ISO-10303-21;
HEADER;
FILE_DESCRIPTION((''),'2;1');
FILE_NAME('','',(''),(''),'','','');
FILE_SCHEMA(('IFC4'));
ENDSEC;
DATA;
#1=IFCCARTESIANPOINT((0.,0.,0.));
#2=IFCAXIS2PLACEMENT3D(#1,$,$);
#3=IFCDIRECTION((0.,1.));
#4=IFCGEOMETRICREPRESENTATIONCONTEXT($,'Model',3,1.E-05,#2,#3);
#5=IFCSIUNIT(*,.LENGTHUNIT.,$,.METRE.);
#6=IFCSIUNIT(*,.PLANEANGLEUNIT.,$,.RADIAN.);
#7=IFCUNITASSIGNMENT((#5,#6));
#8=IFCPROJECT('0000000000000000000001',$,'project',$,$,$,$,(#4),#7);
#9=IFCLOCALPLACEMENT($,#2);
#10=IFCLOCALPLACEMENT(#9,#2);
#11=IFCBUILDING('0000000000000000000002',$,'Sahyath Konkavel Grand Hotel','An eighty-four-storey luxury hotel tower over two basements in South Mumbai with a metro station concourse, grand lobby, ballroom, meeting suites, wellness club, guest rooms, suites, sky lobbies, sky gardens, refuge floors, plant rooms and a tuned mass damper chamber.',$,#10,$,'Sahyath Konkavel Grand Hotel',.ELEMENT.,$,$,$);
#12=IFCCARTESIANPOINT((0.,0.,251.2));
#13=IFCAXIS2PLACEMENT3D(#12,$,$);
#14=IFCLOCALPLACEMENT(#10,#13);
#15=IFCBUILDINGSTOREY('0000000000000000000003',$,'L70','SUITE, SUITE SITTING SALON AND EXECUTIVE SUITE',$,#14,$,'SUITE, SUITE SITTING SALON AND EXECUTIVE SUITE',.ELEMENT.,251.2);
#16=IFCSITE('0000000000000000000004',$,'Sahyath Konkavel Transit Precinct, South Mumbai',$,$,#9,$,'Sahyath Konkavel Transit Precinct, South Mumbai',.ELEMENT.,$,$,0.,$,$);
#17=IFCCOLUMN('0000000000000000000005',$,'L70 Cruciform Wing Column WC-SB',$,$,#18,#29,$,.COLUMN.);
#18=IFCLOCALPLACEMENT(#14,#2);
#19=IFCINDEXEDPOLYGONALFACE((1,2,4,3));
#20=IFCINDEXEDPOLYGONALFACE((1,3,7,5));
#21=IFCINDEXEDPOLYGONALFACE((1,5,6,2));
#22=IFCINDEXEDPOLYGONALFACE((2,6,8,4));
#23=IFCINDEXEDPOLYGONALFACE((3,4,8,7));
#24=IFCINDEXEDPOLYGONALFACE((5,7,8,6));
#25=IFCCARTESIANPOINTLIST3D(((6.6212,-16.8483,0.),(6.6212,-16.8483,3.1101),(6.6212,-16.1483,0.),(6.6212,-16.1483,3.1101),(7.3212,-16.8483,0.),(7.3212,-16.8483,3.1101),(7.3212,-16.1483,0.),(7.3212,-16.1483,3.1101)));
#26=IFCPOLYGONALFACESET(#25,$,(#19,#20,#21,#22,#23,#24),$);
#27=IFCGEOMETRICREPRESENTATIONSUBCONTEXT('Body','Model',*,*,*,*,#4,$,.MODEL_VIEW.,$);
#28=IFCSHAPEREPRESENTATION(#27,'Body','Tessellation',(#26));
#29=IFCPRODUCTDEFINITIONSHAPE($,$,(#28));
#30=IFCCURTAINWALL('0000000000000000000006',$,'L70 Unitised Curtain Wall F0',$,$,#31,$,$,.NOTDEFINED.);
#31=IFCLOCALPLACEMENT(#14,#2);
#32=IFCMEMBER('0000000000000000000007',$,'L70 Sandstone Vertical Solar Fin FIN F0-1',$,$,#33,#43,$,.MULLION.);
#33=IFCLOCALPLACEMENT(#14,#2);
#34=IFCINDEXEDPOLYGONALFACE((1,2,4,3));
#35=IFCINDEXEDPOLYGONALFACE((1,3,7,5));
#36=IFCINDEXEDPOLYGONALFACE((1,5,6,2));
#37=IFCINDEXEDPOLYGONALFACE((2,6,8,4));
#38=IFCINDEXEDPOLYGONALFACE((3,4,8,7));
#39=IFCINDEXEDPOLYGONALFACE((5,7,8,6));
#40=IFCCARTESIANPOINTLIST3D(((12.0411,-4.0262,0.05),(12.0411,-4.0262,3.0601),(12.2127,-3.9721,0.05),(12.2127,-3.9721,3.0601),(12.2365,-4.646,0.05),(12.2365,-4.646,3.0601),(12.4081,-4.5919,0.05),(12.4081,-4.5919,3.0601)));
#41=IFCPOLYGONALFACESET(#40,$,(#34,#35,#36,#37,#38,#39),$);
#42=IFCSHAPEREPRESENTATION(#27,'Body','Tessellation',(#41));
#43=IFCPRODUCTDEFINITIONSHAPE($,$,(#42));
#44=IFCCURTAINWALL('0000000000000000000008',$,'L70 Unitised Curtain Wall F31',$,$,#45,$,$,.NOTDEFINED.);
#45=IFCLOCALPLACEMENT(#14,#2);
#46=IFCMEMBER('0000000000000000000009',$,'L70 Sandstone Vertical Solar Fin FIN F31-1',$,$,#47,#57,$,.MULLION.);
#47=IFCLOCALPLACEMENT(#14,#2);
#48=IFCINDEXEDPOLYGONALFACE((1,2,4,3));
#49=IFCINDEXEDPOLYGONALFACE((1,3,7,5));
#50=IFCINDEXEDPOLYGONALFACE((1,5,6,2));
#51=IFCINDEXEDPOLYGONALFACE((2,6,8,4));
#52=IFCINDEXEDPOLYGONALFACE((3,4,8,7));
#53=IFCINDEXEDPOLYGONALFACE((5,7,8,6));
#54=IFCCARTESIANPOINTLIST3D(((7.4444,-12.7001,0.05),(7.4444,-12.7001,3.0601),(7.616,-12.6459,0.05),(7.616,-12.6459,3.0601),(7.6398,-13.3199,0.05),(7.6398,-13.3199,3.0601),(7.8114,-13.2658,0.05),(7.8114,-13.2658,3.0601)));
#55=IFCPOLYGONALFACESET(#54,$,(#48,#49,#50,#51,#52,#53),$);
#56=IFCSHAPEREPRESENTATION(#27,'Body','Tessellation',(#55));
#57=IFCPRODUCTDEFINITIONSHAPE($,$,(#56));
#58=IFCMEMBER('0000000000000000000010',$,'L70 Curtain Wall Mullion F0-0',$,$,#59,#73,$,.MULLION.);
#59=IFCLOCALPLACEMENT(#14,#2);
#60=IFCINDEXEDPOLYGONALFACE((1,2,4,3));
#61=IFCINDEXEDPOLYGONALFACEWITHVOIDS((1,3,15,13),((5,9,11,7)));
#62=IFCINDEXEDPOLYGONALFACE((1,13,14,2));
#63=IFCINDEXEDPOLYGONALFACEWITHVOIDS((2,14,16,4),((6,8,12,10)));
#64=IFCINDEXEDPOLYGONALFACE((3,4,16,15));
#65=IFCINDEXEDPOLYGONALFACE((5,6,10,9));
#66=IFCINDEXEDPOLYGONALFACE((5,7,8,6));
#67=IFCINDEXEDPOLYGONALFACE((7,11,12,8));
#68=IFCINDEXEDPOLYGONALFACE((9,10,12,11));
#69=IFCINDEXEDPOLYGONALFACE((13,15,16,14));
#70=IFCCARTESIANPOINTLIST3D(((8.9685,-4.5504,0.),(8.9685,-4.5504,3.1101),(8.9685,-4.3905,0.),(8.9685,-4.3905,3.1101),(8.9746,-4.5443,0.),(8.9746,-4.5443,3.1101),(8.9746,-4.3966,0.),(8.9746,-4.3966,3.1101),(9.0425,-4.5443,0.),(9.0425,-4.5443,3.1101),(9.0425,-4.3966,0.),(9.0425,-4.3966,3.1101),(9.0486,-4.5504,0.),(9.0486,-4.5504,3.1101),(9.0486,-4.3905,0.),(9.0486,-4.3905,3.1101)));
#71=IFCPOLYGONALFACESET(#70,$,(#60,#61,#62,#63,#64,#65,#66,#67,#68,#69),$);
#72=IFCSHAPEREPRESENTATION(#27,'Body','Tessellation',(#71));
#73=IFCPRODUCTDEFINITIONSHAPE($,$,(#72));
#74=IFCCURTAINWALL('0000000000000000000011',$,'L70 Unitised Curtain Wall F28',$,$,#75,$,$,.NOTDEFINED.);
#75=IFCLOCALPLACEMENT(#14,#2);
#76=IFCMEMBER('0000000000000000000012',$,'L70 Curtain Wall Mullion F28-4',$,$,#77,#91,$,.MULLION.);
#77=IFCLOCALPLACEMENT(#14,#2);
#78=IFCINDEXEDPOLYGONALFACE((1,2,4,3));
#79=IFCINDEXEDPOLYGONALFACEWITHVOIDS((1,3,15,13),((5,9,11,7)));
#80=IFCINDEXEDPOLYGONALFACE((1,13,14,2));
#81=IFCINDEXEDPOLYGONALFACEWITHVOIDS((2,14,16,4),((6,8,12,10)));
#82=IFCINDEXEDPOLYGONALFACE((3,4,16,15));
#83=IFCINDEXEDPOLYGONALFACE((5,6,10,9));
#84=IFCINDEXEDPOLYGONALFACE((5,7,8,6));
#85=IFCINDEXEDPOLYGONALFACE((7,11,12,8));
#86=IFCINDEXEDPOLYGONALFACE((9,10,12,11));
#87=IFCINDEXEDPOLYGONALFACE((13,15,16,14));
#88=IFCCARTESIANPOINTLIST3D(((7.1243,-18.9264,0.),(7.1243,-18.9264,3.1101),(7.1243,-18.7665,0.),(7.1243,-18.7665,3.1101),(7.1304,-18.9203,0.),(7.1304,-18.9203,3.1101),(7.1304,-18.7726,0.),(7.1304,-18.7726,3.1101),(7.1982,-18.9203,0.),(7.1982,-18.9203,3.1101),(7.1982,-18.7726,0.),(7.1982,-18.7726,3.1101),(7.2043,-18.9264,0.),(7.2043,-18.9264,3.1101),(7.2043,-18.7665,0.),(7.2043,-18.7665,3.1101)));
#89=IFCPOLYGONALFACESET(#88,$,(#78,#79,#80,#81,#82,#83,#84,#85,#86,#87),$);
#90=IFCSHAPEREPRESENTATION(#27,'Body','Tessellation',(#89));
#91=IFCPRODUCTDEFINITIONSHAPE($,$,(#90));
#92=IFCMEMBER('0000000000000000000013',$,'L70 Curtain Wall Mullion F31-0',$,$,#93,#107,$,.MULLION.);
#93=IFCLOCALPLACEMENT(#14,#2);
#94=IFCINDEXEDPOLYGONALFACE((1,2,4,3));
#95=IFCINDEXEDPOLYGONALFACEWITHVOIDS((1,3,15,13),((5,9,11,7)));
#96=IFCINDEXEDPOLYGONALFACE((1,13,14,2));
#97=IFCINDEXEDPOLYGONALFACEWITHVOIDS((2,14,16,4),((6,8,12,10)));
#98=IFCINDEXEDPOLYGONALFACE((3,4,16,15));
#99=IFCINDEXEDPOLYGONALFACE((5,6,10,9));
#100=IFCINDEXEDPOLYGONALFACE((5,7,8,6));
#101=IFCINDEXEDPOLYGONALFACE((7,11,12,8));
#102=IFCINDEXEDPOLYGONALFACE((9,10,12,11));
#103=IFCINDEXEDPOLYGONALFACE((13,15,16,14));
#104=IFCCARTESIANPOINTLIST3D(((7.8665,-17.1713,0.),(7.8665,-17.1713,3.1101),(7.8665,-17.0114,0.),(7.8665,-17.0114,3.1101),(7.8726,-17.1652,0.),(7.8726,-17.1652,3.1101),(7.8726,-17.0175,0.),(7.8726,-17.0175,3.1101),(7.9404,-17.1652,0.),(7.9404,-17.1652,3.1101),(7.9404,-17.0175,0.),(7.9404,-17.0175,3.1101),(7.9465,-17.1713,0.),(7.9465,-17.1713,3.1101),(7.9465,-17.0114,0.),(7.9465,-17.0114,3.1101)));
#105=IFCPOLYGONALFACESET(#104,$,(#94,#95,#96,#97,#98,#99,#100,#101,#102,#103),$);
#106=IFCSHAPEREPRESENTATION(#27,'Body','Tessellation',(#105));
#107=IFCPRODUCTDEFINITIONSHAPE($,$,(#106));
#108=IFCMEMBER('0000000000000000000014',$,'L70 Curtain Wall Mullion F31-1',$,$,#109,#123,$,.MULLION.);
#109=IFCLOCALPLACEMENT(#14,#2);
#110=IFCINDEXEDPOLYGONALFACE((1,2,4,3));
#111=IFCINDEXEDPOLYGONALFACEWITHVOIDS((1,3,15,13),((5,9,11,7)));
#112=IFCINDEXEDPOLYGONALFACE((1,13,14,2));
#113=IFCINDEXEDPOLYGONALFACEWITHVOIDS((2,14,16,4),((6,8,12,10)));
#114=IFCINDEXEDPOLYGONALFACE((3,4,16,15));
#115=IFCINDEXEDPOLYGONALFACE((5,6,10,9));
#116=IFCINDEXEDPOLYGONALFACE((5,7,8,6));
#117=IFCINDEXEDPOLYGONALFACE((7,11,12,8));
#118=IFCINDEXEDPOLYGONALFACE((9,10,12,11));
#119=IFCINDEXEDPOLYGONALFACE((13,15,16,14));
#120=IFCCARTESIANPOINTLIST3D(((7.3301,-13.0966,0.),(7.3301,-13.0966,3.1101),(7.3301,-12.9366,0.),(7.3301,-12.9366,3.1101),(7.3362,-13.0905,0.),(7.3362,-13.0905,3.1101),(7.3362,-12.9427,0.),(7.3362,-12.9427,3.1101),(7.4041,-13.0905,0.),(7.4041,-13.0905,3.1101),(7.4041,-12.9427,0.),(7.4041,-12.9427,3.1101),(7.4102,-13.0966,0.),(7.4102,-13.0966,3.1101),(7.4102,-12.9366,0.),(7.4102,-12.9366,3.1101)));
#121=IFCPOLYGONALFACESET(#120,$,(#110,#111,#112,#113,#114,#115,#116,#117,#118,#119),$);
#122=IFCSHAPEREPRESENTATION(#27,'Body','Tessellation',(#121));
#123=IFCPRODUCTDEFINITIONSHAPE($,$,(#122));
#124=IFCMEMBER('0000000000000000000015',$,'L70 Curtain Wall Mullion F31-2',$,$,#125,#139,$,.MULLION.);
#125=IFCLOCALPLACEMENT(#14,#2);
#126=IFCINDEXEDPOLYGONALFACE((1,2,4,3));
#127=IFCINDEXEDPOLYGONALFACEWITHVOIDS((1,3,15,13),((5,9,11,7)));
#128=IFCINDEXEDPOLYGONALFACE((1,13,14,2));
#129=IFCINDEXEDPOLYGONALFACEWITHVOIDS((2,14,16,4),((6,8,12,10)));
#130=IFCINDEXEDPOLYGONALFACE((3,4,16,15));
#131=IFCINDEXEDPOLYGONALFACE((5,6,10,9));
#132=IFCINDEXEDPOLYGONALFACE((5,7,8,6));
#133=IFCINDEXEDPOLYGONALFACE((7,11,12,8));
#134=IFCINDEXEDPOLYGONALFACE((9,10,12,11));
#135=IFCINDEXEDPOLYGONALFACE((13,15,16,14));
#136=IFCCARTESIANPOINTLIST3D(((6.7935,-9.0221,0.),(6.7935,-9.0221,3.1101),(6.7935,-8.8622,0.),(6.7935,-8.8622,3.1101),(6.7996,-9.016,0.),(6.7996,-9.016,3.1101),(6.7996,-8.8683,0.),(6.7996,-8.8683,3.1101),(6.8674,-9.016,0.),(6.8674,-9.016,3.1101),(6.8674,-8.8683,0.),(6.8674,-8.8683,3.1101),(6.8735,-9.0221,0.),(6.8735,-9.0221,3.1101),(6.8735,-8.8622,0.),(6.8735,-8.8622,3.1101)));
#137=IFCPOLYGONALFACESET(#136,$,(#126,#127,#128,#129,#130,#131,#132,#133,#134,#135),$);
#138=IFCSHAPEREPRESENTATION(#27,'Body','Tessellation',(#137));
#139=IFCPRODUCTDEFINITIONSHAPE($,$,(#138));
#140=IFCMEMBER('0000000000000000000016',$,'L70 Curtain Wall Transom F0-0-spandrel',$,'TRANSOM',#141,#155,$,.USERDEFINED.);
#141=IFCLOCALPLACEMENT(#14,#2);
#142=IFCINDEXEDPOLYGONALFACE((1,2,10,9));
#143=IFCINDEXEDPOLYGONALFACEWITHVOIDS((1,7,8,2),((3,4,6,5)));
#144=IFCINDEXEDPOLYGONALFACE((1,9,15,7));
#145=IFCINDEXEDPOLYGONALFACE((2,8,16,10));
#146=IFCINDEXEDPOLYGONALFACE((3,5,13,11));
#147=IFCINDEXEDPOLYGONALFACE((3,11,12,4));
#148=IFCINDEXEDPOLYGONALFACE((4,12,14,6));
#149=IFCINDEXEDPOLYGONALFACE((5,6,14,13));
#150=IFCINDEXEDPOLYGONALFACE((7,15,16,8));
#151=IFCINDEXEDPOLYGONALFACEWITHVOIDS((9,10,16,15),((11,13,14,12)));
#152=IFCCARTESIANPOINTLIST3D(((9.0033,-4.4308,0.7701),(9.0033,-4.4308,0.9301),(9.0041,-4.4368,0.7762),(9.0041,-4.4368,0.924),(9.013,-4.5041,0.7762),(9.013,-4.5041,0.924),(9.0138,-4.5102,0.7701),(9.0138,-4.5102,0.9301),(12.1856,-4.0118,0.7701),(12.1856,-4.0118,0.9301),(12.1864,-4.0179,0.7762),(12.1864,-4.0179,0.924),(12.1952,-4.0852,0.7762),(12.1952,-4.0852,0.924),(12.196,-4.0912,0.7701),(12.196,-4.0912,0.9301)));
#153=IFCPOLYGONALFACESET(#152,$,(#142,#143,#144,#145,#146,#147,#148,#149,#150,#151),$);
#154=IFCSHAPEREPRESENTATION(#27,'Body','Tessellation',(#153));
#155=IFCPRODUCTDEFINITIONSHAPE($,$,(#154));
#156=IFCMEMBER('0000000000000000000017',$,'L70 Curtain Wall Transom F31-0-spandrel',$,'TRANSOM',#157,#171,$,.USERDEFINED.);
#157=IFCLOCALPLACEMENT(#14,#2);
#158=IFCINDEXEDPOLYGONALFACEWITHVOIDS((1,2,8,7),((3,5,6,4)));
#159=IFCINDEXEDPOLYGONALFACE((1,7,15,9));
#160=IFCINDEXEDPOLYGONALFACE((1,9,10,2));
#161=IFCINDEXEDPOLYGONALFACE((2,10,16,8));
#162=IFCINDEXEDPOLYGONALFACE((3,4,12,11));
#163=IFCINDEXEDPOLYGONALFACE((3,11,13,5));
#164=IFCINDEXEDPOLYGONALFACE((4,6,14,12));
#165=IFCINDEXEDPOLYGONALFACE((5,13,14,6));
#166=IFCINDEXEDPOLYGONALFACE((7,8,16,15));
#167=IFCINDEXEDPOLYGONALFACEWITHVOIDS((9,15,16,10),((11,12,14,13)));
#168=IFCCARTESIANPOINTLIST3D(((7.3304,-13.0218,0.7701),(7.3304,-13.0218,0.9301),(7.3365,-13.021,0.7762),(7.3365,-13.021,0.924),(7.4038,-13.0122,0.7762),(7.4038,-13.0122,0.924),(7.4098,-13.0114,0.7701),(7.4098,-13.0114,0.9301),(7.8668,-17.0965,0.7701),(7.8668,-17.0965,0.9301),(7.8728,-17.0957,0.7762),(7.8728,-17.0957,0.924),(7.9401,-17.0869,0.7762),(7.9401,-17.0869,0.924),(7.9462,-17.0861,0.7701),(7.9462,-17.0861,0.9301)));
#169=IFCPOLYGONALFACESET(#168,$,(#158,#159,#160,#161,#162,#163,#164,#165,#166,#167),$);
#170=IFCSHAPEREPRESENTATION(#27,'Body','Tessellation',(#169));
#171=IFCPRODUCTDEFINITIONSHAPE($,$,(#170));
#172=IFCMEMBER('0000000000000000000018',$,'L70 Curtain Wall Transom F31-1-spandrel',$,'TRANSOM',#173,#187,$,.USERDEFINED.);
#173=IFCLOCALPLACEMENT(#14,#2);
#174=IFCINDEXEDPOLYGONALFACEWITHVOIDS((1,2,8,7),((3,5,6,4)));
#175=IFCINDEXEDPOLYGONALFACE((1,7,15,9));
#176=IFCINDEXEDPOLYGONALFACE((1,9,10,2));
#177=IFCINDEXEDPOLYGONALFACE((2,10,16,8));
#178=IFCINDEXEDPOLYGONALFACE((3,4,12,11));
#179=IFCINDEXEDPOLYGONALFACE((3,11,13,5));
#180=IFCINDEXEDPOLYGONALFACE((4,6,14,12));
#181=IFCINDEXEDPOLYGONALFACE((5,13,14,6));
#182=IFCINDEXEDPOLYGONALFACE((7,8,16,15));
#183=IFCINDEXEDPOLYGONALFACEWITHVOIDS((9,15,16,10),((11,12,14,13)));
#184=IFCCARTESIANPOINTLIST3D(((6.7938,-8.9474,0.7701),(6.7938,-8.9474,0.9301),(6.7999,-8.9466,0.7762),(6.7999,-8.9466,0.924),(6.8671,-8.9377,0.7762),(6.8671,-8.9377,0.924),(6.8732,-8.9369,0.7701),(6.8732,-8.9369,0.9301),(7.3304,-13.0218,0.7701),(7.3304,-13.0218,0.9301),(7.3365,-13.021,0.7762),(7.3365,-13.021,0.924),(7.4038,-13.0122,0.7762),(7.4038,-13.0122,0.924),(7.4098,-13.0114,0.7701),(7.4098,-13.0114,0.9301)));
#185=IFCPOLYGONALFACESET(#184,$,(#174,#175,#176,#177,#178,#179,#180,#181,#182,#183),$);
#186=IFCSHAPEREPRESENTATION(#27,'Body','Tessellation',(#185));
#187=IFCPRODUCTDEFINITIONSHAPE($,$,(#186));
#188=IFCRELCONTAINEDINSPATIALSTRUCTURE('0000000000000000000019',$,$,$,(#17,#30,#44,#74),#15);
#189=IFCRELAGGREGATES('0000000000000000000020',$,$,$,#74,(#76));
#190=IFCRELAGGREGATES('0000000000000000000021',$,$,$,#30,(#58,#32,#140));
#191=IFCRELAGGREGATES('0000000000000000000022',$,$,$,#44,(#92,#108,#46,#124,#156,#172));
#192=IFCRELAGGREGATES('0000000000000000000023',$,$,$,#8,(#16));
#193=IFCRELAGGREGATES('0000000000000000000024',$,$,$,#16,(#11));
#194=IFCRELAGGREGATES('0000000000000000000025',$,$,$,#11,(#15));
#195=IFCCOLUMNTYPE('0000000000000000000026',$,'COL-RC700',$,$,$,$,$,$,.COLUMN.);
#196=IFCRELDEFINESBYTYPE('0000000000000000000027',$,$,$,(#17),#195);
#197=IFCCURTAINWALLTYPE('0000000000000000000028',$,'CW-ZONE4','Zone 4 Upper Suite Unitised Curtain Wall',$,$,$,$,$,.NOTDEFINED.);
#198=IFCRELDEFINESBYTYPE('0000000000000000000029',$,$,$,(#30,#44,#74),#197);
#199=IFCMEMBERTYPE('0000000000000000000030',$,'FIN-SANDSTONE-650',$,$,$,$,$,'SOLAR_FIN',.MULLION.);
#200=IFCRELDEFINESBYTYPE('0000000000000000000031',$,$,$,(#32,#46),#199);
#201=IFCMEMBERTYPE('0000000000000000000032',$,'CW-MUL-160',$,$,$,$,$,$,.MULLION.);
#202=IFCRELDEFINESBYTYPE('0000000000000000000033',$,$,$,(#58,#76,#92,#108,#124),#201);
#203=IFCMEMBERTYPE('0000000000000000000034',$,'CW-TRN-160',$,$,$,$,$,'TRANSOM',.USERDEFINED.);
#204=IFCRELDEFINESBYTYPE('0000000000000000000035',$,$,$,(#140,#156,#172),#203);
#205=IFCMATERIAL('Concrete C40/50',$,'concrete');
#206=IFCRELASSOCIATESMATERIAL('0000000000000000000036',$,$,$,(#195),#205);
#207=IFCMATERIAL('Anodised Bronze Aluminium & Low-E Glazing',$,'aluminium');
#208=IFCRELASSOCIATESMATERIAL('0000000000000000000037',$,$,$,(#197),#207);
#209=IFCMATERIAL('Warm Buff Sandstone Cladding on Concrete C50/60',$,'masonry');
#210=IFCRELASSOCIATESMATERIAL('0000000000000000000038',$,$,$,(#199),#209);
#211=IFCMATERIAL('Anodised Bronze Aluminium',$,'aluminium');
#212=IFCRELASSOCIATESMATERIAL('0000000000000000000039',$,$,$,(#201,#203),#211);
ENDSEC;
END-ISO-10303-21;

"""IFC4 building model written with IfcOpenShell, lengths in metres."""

from ifc_helpers import new_model, si_unit, direction, frame, origin, origin_2d, place, context, subcontext, project, spatial, rectangle, hollow_rectangle, extrude, source, transform, mapped, material, material_profile, profile_set, type_object, element, aggregate, save


model = new_model("IFC4")

# Units and contexts
model_context = context("Model", 3, precision=1e-05, world=origin(), true_north=direction((0.0, 1.0)))
body_context = subcontext(model_context, "Body", "Model", "MODEL_VIEW")
ifc_project = project(units=[si_unit("LENGTHUNIT", "METRE"), si_unit("PLANEANGLEUNIT", "RADIAN")], contexts=[model_context])

# Site, building, storey
site_placement = place(None, origin())
site = spatial("IfcSite", under=ifc_project, at=site_placement, Name="Sahyath Konkavel Transit Precinct, South Mumbai", LongName="Sahyath Konkavel Transit Precinct, South Mumbai", CompositionType="ELEMENT", RefElevation=0.0)
building_placement = place(site_placement, origin())
building = spatial("IfcBuilding", under=site, at=building_placement, Name="Sahyath Konkavel Grand Hotel", Description="An eighty-four-storey luxury hotel tower over two basements in South Mumbai with a metro station concourse, grand lobby, ballroom, meeting suites, wellness club, guest rooms, suites, sky lobbies, sky gardens, refuge floors, plant rooms and a tuned mass damper chamber.", LongName="Sahyath Konkavel Grand Hotel", CompositionType="ELEMENT")
storey_placement = place(building_placement, frame((0.0, 0.0, 251.2)))
storey = spatial("IfcBuildingStorey", under=building, at=storey_placement, Name="L70", Description="SUITE, SUITE SITTING SALON AND EXECUTIVE SUITE", LongName="SUITE, SUITE SITTING SALON AND EXECUTIVE SUITE", CompositionType="ELEMENT", Elevation=251.2)

# Column
ifc_material_1 = material(Name="Concrete C40/50", Category="concrete")
ifc_material_profile_1 = material_profile(ifc_material_1, rectangle(XDim=0.7, YDim=0.7, at=origin_2d()), Name="RC 700x700")
ifc_profile_set_1 = profile_set([ifc_material_profile_1], Name="Concrete C40/50")
column_type = type_object("IfcColumnType", Name="COL-RC700", PredefinedType="COLUMN", material=ifc_profile_set_1)
shared_shape_1 = source(origin(), body_context, "Body", "SweptSolid", [
    extrude(rectangle(XDim=0.7, YDim=0.7, at=origin_2d()), origin(), (0.0, 0.0, 1.0), 3.1101),
])
column_placement = place(storey_placement, frame((6.9712, -16.4983, 0.0), z_axis=(0.0, 0.0, 1.0), x_axis=(1.0, 0.0, 0.0)))
element("IfcColumn", 1, at=column_placement, inside=storey, type_object=column_type, Name="L70 Cruciform Wing Column WC-SB", PredefinedType="COLUMN", context=body_context, shape_type="MappedRepresentation", body=[
    mapped(shared_shape_1, transform((0.0, 0.0, 0.0), scale=1.0)),
])

# Curtain walls, members
ifc_material_2 = material(Name="Anodised Bronze Aluminium & Low-E Glazing", Category="aluminium")
curtain_wall_type = type_object("IfcCurtainWallType", Name="CW-ZONE4", Description="Zone 4 Upper Suite Unitised Curtain Wall", PredefinedType="NOTDEFINED", material=ifc_material_2)
curtain_wall_1_placement = place(storey_placement, origin())
curtain_wall_1 = element("IfcCurtainWall", 2, at=curtain_wall_1_placement, inside=storey, type_object=curtain_wall_type, Name="L70 Unitised Curtain Wall F0", PredefinedType="NOTDEFINED")
ifc_material_3 = material(Name="Warm Buff Sandstone Cladding on Concrete C50/60", Category="masonry")
ifc_material_profile_2 = material_profile(ifc_material_3, rectangle(XDim=0.1799, YDim=0.6499, at=origin_2d()), Name="FIN 180x650")
ifc_profile_set_2 = profile_set([ifc_material_profile_2], Name="Warm Buff Sandstone Cladding on Concrete C50/60")
member_type_1 = type_object("IfcMemberType", Name="FIN-SANDSTONE-650", ElementType="SOLAR_FIN", PredefinedType="MULLION", material=ifc_profile_set_2)
shared_shape_2 = source(origin(), body_context, "Body", "SweptSolid", [
    extrude(rectangle(XDim=0.1799, YDim=0.6499, at=origin_2d()), origin(), (0.0, 0.0, 1.0), 3.01),
])
member_1_placement = place(storey_placement, frame((12.2246, -4.3091, 0.05), z_axis=(0.0, 0.0, 1.0), x_axis=(0.953717, 0.300706, 0.0)))
member_1 = element("IfcMember", 3, at=member_1_placement, type_object=member_type_1, Name="L70 Sandstone Vertical Solar Fin FIN F0-1", PredefinedType="MULLION", context=body_context, shape_type="MappedRepresentation", body=[
    mapped(shared_shape_2, transform((0.0, 0.0, 0.0), scale=1.0)),
])
curtain_wall_2_placement = place(storey_placement, origin())
curtain_wall_2 = element("IfcCurtainWall", 4, at=curtain_wall_2_placement, inside=storey, type_object=curtain_wall_type, Name="L70 Unitised Curtain Wall F31", PredefinedType="NOTDEFINED")
member_2_placement = place(storey_placement, frame((7.6279, -12.9829, 0.05), z_axis=(0.0, 0.0, 1.0), x_axis=(0.953717, 0.300706, 0.0)))
member_2 = element("IfcMember", 5, at=member_2_placement, type_object=member_type_1, Name="L70 Sandstone Vertical Solar Fin FIN F31-1", PredefinedType="MULLION", context=body_context, shape_type="MappedRepresentation", body=[
    mapped(shared_shape_2, transform((0.0, 0.0, 0.0), scale=1.0)),
])

# Member
ifc_material_4 = material(Name="Anodised Bronze Aluminium", Category="aluminium")
ifc_material_profile_3 = material_profile(ifc_material_4, hollow_rectangle(XDim=0.0801, YDim=0.1599, WallThickness=0.0061, at=origin_2d()), Name="RHS 160x80x6")
ifc_profile_set_3 = profile_set([ifc_material_profile_3], Name="Anodised Bronze Aluminium")
member_type_2 = type_object("IfcMemberType", Name="CW-MUL-160", PredefinedType="MULLION", material=ifc_profile_set_3)
shared_shape_3 = source(origin(), body_context, "Body", "SweptSolid", [
    extrude(hollow_rectangle(XDim=0.0801, YDim=0.1599, WallThickness=0.0061, at=origin_2d()), origin(), (0.0, 0.0, 1.0), 3.1101),
])
member_3_placement = place(storey_placement, frame((9.0085, -4.4705, 0.0), z_axis=(0.0, 0.0, 1.0), x_axis=(1.0, 0.0, 0.0)))
member_3 = element("IfcMember", 6, at=member_3_placement, type_object=member_type_2, Name="L70 Curtain Wall Mullion F0-0", PredefinedType="MULLION", context=body_context, shape_type="MappedRepresentation", body=[
    mapped(shared_shape_3, transform((0.0, 0.0, 0.0), scale=1.0)),
])

# Curtain wall, member
curtain_wall_3_placement = place(storey_placement, origin())
curtain_wall_3 = element("IfcCurtainWall", 7, at=curtain_wall_3_placement, inside=storey, type_object=curtain_wall_type, Name="L70 Unitised Curtain Wall F28", PredefinedType="NOTDEFINED")
member_4_placement = place(storey_placement, frame((7.1643, -18.8464, 0.0), z_axis=(0.0, 0.0, 1.0), x_axis=(1.0, 0.0, 0.0)))
member_4 = element("IfcMember", 8, at=member_4_placement, type_object=member_type_2, Name="L70 Curtain Wall Mullion F28-4", PredefinedType="MULLION", context=body_context, shape_type="MappedRepresentation", body=[
    mapped(shared_shape_3, transform((0.0, 0.0, 0.0), scale=1.0)),
])
aggregate(curtain_wall_3, [member_4])

# Members
member_5_placement = place(storey_placement, frame((7.9065, -17.0913, 0.0), z_axis=(0.0, 0.0, 1.0), x_axis=(1.0, 0.0, 0.0)))
member_5 = element("IfcMember", 9, at=member_5_placement, type_object=member_type_2, Name="L70 Curtain Wall Mullion F31-0", PredefinedType="MULLION", context=body_context, shape_type="MappedRepresentation", body=[
    mapped(shared_shape_3, transform((0.0, 0.0, 0.0), scale=1.0)),
])
member_6_placement = place(storey_placement, frame((7.3701, -13.0166, 0.0), z_axis=(0.0, 0.0, 1.0), x_axis=(1.0, 0.0, 0.0)))
member_6 = element("IfcMember", 10, at=member_6_placement, type_object=member_type_2, Name="L70 Curtain Wall Mullion F31-1", PredefinedType="MULLION", context=body_context, shape_type="MappedRepresentation", body=[
    mapped(shared_shape_3, transform((0.0, 0.0, 0.0), scale=1.0)),
])
member_7_placement = place(storey_placement, frame((6.8335, -8.9421, 0.0), z_axis=(0.0, 0.0, 1.0), x_axis=(1.0, 0.0, 0.0)))
member_7 = element("IfcMember", 11, at=member_7_placement, type_object=member_type_2, Name="L70 Curtain Wall Mullion F31-2", PredefinedType="MULLION", context=body_context, shape_type="MappedRepresentation", body=[
    mapped(shared_shape_3, transform((0.0, 0.0, 0.0), scale=1.0)),
])
ifc_material_profile_4 = material_profile(ifc_material_4, hollow_rectangle(XDim=0.0801, YDim=0.1599, WallThickness=0.0061, at=origin_2d()), Name="RHS 160x80x6")
ifc_profile_set_4 = profile_set([ifc_material_profile_4], Name="Anodised Bronze Aluminium")
member_type_3 = type_object("IfcMemberType", Name="CW-TRN-160", ElementType="TRANSOM", PredefinedType="USERDEFINED", material=ifc_profile_set_4)
shared_shape_4 = source(origin(), body_context, "Body", "SweptSolid", [
    extrude(hollow_rectangle(XDim=0.0801, YDim=0.1599, WallThickness=0.0061, at=origin_2d()), origin(), (0.0, 0.0, 1.0), 3.2097),
])
member_8_placement = place(storey_placement, frame((9.0085, -4.4705, 0.8501), z_axis=(0.991446, 0.130519, 0.0), x_axis=(-0.130519, 0.991446, 0.0)))
member_8 = element("IfcMember", 12, at=member_8_placement, type_object=member_type_3, Name="L70 Curtain Wall Transom F0-0-spandrel", ObjectType="TRANSOM", PredefinedType="USERDEFINED", context=body_context, shape_type="MappedRepresentation", body=[
    mapped(shared_shape_4, transform((0.0, 0.0, 0.0), scale=1.0)),
])
shared_shape_5 = source(origin(), body_context, "Body", "SweptSolid", [
    extrude(hollow_rectangle(XDim=0.0801, YDim=0.1599, WallThickness=0.0061, at=origin_2d()), origin(), (0.0, 0.0, 1.0), 4.1099),
])
member_9_placement = place(storey_placement, frame((7.9065, -17.0913, 0.8501), z_axis=(-0.13051, 0.991447, 0.0), x_axis=(-0.991447, -0.13051, 0.0)))
member_9 = element("IfcMember", 13, at=member_9_placement, type_object=member_type_3, Name="L70 Curtain Wall Transom F31-0-spandrel", ObjectType="TRANSOM", PredefinedType="USERDEFINED", context=body_context, shape_type="MappedRepresentation", body=[
    mapped(shared_shape_5, transform((0.0, 0.0, 0.0), scale=1.0)),
])
shared_shape_6 = source(origin(), body_context, "Body", "SweptSolid", [
    extrude(hollow_rectangle(XDim=0.0801, YDim=0.1599, WallThickness=0.0061, at=origin_2d()), origin(), (0.0, 0.0, 1.0), 4.1096),
])
member_10_placement = place(storey_placement, frame((7.3701, -13.0166, 0.8501), z_axis=(-0.130576, 0.991438, 0.0), x_axis=(-0.991438, -0.130576, 0.0)))
member_10 = element("IfcMember", 14, at=member_10_placement, type_object=member_type_3, Name="L70 Curtain Wall Transom F31-1-spandrel", ObjectType="TRANSOM", PredefinedType="USERDEFINED", context=body_context, shape_type="MappedRepresentation", body=[
    mapped(shared_shape_6, transform((0.0, 0.0, 0.0), scale=1.0)),
])

aggregate(curtain_wall_1, [member_3, member_1, member_8])
aggregate(curtain_wall_2, [member_5, member_6, member_2, member_7, member_9, member_10])

save(model, "model.ifc")
